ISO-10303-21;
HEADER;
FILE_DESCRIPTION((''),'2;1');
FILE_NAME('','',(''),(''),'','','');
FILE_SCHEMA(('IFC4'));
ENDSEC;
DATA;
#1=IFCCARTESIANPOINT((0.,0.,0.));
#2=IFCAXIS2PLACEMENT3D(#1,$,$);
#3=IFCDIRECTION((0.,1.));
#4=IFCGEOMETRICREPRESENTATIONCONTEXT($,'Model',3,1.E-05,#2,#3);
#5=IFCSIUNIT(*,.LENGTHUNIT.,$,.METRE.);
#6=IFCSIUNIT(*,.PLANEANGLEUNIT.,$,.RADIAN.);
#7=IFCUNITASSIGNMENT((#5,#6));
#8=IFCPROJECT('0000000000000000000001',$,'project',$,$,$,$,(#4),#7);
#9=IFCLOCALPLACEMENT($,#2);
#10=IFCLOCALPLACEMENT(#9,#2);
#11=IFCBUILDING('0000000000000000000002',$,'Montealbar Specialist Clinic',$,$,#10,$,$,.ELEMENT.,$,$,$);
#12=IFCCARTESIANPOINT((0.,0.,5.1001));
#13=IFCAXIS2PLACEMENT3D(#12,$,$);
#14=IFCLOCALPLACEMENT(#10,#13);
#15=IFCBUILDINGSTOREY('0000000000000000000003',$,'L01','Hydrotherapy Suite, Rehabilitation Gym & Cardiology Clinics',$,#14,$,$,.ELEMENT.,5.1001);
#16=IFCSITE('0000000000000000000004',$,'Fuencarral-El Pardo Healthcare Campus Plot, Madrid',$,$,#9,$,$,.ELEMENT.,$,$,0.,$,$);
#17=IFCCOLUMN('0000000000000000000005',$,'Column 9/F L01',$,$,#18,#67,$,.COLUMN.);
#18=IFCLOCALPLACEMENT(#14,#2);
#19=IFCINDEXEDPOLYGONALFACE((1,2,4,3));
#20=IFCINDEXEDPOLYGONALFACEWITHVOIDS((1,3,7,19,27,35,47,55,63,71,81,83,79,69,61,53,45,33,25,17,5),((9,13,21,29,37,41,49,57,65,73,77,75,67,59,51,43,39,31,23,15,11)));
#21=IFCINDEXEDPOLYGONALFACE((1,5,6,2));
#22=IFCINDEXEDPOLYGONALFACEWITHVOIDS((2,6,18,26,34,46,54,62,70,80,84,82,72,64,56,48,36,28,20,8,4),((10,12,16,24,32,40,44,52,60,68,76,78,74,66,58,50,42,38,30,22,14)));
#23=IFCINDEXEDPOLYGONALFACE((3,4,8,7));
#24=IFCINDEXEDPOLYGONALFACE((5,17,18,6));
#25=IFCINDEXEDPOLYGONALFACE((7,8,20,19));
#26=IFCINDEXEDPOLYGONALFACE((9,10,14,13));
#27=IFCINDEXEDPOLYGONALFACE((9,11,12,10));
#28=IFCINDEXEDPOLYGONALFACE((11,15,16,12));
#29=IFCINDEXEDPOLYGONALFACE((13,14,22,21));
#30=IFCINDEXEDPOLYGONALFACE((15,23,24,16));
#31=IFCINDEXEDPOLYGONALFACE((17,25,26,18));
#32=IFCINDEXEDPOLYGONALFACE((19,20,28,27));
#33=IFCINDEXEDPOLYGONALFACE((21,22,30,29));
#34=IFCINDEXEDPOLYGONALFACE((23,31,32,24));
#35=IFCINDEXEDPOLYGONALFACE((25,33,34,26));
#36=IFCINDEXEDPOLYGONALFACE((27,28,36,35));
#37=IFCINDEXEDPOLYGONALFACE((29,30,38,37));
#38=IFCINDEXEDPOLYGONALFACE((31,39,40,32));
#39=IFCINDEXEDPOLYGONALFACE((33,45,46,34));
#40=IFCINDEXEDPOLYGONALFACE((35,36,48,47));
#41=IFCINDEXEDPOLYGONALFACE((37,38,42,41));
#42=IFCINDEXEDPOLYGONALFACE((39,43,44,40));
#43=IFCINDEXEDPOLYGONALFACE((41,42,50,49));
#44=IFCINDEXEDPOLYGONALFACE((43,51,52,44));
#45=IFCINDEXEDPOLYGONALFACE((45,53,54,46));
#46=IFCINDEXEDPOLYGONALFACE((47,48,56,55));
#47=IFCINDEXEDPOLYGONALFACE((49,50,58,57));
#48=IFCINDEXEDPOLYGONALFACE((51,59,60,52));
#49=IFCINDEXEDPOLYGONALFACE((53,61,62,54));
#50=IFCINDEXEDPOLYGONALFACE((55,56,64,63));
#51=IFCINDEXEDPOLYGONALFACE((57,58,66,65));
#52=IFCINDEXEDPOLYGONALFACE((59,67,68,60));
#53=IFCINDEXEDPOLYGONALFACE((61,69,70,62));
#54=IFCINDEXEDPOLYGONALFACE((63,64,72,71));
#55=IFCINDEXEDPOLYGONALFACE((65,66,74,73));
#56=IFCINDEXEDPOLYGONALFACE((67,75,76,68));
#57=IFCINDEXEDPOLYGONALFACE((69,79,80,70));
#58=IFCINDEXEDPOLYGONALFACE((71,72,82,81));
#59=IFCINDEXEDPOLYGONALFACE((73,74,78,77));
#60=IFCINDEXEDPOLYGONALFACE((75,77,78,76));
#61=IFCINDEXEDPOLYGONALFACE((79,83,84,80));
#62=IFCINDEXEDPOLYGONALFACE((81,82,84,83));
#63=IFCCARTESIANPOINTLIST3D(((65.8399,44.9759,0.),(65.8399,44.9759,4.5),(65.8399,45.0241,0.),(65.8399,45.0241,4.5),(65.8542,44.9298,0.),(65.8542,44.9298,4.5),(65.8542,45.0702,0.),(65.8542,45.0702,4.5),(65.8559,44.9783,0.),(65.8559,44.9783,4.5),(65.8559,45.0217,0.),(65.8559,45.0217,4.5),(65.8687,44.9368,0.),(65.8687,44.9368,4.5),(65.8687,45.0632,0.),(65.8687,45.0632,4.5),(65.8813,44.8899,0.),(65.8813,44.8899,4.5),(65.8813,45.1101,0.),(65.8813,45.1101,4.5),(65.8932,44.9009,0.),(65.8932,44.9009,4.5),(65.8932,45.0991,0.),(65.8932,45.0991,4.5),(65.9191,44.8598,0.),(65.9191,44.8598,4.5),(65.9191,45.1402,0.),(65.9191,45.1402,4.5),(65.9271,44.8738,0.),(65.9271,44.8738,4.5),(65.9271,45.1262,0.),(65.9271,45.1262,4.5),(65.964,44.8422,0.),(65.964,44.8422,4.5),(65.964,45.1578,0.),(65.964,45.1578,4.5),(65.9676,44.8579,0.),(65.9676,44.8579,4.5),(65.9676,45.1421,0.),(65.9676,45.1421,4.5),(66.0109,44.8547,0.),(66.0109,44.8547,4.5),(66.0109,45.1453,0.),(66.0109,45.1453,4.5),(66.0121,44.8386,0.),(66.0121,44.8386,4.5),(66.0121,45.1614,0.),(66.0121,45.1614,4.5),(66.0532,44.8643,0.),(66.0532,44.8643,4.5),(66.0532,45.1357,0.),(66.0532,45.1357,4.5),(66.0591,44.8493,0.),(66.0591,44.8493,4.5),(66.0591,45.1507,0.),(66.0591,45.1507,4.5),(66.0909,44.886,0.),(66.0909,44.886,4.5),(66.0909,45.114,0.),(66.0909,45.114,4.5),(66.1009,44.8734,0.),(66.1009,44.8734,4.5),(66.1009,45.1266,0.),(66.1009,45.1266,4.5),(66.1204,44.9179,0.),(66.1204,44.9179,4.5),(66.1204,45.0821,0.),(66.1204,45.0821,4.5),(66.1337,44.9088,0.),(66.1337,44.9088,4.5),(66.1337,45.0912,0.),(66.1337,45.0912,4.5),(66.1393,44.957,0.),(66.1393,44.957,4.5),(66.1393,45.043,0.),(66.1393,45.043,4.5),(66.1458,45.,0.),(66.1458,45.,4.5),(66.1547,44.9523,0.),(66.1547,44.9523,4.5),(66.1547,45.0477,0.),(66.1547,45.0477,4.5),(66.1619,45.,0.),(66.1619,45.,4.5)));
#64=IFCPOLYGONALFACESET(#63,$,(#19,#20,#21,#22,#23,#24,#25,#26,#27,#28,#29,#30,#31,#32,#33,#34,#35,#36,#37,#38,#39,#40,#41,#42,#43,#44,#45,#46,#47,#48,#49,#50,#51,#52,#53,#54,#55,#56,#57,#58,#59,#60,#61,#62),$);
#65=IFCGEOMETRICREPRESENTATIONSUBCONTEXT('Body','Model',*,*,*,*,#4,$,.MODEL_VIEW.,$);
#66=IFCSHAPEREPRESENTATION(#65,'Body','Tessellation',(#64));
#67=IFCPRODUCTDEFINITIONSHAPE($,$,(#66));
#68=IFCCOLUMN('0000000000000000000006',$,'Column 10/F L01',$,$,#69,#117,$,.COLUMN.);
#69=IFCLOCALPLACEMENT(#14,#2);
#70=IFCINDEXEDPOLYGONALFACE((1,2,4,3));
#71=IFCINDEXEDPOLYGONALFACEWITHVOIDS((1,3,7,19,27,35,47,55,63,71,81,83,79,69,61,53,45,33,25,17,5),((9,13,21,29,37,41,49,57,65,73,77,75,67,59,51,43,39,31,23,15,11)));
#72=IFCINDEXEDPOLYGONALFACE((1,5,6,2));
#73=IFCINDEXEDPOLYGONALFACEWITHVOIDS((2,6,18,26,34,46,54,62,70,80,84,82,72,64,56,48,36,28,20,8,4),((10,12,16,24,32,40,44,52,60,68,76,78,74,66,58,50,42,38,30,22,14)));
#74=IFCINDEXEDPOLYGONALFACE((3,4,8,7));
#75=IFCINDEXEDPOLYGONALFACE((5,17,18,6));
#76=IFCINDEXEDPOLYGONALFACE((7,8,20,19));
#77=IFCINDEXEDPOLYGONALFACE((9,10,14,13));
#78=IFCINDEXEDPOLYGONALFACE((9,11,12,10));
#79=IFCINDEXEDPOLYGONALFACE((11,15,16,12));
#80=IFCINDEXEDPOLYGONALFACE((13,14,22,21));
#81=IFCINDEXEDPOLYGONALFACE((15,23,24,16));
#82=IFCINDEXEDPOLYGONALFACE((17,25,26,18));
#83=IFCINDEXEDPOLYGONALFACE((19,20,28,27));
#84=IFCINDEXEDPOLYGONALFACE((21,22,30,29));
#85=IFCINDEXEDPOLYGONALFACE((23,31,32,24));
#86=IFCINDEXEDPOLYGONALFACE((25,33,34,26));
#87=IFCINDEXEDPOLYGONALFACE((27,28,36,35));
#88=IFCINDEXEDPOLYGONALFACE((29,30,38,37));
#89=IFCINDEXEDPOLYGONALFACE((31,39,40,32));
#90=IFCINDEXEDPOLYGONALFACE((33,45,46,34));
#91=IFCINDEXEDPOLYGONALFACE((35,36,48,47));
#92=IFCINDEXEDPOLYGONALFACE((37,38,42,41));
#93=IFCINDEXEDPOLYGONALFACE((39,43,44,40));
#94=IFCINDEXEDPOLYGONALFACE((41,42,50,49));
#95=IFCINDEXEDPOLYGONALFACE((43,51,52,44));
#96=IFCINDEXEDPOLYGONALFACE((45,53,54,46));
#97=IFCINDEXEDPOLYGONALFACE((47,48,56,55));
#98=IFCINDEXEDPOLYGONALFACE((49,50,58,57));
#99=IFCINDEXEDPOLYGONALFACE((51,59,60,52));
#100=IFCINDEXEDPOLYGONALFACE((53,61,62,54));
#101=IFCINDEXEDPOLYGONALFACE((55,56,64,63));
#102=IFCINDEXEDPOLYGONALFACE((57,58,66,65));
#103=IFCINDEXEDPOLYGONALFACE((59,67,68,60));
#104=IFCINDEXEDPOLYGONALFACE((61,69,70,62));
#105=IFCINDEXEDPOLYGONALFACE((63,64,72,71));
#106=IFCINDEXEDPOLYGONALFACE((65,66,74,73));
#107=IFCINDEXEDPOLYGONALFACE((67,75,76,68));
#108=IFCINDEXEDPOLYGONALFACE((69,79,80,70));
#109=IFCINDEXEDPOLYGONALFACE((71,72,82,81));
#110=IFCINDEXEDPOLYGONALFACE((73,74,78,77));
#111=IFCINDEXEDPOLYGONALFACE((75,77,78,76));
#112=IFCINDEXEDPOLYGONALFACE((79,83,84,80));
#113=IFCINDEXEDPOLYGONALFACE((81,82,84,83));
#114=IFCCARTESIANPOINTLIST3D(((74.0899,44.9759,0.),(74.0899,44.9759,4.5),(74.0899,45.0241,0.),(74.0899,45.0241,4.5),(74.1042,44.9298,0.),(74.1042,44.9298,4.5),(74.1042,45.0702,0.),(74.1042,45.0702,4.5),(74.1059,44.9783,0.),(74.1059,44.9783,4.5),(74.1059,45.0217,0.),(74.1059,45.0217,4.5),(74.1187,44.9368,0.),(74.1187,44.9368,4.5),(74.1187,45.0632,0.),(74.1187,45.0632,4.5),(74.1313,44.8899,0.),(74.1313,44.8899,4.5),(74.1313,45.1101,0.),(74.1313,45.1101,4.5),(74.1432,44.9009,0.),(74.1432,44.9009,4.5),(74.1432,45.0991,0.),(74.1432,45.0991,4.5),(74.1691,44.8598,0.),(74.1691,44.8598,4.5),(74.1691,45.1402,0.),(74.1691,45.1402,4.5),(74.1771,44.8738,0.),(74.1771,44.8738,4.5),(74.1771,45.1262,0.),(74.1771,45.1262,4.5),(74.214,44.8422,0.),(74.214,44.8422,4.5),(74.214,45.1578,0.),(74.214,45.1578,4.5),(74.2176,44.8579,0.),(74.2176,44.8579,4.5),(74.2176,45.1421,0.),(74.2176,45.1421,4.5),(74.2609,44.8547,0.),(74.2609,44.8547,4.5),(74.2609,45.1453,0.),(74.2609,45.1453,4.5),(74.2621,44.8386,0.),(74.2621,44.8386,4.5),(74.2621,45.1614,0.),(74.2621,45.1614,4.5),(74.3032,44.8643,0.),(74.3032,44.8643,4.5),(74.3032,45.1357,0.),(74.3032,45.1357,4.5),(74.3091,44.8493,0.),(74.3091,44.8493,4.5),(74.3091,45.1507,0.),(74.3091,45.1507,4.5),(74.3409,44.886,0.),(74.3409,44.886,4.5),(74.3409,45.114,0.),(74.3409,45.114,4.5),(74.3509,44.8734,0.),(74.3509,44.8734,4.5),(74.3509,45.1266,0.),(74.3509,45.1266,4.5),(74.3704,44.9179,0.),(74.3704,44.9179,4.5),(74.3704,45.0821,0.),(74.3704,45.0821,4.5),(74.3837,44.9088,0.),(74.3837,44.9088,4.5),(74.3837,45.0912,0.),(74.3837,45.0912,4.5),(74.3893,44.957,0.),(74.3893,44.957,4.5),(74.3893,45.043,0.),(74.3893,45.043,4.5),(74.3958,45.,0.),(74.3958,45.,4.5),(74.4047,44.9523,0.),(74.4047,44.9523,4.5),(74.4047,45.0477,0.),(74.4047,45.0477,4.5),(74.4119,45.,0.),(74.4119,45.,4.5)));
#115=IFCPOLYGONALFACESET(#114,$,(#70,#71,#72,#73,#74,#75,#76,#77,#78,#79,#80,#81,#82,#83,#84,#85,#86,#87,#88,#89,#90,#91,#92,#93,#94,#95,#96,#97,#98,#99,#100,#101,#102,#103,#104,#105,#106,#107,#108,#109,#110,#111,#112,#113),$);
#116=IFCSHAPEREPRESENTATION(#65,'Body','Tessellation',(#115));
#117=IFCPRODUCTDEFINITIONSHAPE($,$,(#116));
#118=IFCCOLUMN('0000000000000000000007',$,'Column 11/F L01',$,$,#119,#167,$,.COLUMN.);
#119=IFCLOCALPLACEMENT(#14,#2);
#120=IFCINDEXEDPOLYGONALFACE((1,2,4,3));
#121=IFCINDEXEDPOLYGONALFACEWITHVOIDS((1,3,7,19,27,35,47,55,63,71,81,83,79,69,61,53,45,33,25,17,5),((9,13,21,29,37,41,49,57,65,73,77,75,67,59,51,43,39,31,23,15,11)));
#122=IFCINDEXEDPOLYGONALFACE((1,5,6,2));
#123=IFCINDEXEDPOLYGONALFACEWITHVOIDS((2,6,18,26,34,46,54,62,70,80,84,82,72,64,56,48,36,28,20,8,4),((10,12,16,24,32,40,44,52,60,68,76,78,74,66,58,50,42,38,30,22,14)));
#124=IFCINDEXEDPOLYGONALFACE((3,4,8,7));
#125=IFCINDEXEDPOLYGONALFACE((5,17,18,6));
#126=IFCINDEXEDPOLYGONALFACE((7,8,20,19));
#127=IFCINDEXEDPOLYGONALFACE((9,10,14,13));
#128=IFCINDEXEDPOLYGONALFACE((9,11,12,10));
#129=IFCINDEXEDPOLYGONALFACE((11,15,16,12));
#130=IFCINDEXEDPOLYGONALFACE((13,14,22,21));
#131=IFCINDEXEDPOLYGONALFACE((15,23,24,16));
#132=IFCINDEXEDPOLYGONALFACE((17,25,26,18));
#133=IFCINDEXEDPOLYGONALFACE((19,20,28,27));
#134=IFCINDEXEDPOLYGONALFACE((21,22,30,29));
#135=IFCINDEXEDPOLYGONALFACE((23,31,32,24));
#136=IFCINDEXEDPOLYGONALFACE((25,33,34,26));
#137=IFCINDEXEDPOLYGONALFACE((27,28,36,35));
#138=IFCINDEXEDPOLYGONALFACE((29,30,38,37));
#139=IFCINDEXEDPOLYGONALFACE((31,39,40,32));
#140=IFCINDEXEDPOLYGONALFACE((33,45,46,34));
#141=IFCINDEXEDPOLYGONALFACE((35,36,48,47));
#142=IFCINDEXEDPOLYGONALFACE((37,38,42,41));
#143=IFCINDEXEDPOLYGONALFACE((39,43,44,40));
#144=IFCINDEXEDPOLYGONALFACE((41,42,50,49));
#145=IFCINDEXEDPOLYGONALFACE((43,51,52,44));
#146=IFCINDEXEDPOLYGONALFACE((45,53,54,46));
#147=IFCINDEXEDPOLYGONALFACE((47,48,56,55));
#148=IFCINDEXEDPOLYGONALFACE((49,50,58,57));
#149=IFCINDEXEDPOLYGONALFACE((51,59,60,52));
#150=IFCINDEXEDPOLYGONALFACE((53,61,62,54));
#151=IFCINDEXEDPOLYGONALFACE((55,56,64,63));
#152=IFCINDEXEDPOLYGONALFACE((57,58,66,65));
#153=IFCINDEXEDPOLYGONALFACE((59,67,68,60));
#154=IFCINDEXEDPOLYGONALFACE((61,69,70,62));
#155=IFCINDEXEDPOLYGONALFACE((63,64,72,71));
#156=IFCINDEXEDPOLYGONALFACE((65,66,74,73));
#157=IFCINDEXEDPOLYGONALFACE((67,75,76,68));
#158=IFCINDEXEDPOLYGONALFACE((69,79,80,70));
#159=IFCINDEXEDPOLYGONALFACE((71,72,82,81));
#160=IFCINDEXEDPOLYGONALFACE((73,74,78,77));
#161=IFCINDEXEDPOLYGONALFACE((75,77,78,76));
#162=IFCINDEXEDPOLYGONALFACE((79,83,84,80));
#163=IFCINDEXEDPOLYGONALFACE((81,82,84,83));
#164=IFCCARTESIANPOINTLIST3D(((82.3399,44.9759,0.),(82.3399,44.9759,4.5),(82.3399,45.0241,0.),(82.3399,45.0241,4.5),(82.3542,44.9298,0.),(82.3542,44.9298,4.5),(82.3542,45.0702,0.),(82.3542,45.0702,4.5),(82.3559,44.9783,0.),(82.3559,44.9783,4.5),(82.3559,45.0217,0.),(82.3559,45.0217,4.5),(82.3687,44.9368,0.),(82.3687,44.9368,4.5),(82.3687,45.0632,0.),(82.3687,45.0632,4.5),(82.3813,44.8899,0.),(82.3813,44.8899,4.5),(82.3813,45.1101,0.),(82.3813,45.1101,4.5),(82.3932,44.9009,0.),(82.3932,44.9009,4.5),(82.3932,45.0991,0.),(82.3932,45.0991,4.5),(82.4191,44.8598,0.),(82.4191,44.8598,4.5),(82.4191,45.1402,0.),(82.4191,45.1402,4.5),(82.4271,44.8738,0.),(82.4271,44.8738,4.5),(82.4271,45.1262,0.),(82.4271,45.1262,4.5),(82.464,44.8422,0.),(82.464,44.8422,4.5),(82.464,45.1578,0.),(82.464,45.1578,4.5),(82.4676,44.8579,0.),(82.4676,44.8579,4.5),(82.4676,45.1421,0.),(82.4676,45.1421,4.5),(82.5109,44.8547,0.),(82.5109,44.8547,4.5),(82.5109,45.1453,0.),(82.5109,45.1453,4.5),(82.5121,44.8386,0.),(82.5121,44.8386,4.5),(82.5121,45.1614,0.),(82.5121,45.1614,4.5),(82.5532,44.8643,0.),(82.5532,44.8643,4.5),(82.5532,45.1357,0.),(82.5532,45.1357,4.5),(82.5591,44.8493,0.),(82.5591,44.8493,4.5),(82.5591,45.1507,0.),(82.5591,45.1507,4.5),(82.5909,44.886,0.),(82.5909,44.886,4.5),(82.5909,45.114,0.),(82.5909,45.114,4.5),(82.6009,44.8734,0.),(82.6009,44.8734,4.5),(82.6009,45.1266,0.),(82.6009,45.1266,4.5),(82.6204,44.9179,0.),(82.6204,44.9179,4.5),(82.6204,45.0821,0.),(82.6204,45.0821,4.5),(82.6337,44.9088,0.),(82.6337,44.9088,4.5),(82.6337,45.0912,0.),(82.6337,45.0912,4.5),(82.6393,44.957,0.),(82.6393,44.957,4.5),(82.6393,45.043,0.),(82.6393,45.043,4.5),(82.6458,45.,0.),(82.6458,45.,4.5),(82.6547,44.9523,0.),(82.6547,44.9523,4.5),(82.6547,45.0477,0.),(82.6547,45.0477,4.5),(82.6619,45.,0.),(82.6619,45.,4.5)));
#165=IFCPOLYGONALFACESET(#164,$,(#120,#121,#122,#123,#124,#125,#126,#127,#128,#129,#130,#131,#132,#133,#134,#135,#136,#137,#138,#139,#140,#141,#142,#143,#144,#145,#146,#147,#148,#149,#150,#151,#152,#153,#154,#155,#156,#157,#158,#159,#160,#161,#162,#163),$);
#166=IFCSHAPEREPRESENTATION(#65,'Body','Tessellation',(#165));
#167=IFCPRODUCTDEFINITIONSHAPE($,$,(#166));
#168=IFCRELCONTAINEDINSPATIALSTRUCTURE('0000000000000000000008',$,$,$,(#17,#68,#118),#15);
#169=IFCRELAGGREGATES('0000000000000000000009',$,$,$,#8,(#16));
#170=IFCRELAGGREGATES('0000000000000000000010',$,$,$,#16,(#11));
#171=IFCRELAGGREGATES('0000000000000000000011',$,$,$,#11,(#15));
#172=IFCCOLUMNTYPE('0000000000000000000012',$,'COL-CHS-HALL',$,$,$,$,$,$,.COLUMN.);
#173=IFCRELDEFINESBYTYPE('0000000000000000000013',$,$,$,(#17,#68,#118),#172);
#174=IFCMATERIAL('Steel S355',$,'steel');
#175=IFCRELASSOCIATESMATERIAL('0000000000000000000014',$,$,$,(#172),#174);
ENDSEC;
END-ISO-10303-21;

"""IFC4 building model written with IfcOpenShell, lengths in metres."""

from ifc_helpers import new_model, si_unit, direction, frame, origin, origin_2d, place, context, subcontext, project, spatial, hollow_circle, extrude, material, material_profile, profile_set, type_object, element, save


model = new_model("IFC4")

# Units and contexts
model_context = context("Model", 3, precision=1e-05, world=origin(), true_north=direction((0.0, 1.0)))
body_context = subcontext(model_context, "Body", "Model", "MODEL_VIEW")
ifc_project = project(units=[si_unit("LENGTHUNIT", "METRE"), si_unit("PLANEANGLEUNIT", "RADIAN")], contexts=[model_context])

# Site, building, storey
site_placement = place(None, origin())
site = spatial("IfcSite", under=ifc_project, at=site_placement, Name="Fuencarral-El Pardo Healthcare Campus Plot, Madrid", CompositionType="ELEMENT", RefElevation=0.0)
building_placement = place(site_placement, origin())
building = spatial("IfcBuilding", under=site, at=building_placement, Name="Montealbar Specialist Clinic", CompositionType="ELEMENT")
storey_placement = place(building_placement, frame((0.0, 0.0, 5.1001)))
storey = spatial("IfcBuildingStorey", under=building, at=storey_placement, Name="L01", Description="Hydrotherapy Suite, Rehabilitation Gym & Cardiology Clinics", CompositionType="ELEMENT", Elevation=5.1001)

# Columns
ifc_material_1 = material(Name="Steel S355", Category="steel")
ifc_material_profile_1 = material_profile(ifc_material_1, hollow_circle(Radius=0.1619, WallThickness=0.0161, at=origin_2d()), Name="CHS 323.9x16.0", Category="steel")
ifc_profile_set_1 = profile_set([ifc_material_profile_1], Name="Steel S355")
column_type = type_object("IfcColumnType", Name="COL-CHS-HALL", PredefinedType="COLUMN", material=ifc_profile_set_1)
for number, where, z_axis, x_axis, name in (
    (1, (66.0, 45.0, 0.0), (0.0, 0.0, 1.0), (1.0, 0.0, 0.0), "Column 9/F L01"),
    (2, (74.25, 45.0, 0.0), (0.0, 0.0, 1.0), (1.0, 0.0, 0.0), "Column 10/F L01"),
    (3, (82.5, 45.0, 0.0), (0.0, 0.0, 1.0), (1.0, 0.0, 0.0), "Column 11/F L01"),
):
    element("IfcColumn", number, at=place(storey_placement, frame(where, z_axis=z_axis, x_axis=x_axis)), inside=storey, type_object=column_type, Name=name, PredefinedType="COLUMN", context=body_context, shape_type="SweptSolid", body=[
        extrude(hollow_circle(Radius=0.1619, WallThickness=0.0161, at=origin_2d()), origin(), (0.0, 0.0, 1.0), 4.5),
    ])

save(model, "model.ifc")
